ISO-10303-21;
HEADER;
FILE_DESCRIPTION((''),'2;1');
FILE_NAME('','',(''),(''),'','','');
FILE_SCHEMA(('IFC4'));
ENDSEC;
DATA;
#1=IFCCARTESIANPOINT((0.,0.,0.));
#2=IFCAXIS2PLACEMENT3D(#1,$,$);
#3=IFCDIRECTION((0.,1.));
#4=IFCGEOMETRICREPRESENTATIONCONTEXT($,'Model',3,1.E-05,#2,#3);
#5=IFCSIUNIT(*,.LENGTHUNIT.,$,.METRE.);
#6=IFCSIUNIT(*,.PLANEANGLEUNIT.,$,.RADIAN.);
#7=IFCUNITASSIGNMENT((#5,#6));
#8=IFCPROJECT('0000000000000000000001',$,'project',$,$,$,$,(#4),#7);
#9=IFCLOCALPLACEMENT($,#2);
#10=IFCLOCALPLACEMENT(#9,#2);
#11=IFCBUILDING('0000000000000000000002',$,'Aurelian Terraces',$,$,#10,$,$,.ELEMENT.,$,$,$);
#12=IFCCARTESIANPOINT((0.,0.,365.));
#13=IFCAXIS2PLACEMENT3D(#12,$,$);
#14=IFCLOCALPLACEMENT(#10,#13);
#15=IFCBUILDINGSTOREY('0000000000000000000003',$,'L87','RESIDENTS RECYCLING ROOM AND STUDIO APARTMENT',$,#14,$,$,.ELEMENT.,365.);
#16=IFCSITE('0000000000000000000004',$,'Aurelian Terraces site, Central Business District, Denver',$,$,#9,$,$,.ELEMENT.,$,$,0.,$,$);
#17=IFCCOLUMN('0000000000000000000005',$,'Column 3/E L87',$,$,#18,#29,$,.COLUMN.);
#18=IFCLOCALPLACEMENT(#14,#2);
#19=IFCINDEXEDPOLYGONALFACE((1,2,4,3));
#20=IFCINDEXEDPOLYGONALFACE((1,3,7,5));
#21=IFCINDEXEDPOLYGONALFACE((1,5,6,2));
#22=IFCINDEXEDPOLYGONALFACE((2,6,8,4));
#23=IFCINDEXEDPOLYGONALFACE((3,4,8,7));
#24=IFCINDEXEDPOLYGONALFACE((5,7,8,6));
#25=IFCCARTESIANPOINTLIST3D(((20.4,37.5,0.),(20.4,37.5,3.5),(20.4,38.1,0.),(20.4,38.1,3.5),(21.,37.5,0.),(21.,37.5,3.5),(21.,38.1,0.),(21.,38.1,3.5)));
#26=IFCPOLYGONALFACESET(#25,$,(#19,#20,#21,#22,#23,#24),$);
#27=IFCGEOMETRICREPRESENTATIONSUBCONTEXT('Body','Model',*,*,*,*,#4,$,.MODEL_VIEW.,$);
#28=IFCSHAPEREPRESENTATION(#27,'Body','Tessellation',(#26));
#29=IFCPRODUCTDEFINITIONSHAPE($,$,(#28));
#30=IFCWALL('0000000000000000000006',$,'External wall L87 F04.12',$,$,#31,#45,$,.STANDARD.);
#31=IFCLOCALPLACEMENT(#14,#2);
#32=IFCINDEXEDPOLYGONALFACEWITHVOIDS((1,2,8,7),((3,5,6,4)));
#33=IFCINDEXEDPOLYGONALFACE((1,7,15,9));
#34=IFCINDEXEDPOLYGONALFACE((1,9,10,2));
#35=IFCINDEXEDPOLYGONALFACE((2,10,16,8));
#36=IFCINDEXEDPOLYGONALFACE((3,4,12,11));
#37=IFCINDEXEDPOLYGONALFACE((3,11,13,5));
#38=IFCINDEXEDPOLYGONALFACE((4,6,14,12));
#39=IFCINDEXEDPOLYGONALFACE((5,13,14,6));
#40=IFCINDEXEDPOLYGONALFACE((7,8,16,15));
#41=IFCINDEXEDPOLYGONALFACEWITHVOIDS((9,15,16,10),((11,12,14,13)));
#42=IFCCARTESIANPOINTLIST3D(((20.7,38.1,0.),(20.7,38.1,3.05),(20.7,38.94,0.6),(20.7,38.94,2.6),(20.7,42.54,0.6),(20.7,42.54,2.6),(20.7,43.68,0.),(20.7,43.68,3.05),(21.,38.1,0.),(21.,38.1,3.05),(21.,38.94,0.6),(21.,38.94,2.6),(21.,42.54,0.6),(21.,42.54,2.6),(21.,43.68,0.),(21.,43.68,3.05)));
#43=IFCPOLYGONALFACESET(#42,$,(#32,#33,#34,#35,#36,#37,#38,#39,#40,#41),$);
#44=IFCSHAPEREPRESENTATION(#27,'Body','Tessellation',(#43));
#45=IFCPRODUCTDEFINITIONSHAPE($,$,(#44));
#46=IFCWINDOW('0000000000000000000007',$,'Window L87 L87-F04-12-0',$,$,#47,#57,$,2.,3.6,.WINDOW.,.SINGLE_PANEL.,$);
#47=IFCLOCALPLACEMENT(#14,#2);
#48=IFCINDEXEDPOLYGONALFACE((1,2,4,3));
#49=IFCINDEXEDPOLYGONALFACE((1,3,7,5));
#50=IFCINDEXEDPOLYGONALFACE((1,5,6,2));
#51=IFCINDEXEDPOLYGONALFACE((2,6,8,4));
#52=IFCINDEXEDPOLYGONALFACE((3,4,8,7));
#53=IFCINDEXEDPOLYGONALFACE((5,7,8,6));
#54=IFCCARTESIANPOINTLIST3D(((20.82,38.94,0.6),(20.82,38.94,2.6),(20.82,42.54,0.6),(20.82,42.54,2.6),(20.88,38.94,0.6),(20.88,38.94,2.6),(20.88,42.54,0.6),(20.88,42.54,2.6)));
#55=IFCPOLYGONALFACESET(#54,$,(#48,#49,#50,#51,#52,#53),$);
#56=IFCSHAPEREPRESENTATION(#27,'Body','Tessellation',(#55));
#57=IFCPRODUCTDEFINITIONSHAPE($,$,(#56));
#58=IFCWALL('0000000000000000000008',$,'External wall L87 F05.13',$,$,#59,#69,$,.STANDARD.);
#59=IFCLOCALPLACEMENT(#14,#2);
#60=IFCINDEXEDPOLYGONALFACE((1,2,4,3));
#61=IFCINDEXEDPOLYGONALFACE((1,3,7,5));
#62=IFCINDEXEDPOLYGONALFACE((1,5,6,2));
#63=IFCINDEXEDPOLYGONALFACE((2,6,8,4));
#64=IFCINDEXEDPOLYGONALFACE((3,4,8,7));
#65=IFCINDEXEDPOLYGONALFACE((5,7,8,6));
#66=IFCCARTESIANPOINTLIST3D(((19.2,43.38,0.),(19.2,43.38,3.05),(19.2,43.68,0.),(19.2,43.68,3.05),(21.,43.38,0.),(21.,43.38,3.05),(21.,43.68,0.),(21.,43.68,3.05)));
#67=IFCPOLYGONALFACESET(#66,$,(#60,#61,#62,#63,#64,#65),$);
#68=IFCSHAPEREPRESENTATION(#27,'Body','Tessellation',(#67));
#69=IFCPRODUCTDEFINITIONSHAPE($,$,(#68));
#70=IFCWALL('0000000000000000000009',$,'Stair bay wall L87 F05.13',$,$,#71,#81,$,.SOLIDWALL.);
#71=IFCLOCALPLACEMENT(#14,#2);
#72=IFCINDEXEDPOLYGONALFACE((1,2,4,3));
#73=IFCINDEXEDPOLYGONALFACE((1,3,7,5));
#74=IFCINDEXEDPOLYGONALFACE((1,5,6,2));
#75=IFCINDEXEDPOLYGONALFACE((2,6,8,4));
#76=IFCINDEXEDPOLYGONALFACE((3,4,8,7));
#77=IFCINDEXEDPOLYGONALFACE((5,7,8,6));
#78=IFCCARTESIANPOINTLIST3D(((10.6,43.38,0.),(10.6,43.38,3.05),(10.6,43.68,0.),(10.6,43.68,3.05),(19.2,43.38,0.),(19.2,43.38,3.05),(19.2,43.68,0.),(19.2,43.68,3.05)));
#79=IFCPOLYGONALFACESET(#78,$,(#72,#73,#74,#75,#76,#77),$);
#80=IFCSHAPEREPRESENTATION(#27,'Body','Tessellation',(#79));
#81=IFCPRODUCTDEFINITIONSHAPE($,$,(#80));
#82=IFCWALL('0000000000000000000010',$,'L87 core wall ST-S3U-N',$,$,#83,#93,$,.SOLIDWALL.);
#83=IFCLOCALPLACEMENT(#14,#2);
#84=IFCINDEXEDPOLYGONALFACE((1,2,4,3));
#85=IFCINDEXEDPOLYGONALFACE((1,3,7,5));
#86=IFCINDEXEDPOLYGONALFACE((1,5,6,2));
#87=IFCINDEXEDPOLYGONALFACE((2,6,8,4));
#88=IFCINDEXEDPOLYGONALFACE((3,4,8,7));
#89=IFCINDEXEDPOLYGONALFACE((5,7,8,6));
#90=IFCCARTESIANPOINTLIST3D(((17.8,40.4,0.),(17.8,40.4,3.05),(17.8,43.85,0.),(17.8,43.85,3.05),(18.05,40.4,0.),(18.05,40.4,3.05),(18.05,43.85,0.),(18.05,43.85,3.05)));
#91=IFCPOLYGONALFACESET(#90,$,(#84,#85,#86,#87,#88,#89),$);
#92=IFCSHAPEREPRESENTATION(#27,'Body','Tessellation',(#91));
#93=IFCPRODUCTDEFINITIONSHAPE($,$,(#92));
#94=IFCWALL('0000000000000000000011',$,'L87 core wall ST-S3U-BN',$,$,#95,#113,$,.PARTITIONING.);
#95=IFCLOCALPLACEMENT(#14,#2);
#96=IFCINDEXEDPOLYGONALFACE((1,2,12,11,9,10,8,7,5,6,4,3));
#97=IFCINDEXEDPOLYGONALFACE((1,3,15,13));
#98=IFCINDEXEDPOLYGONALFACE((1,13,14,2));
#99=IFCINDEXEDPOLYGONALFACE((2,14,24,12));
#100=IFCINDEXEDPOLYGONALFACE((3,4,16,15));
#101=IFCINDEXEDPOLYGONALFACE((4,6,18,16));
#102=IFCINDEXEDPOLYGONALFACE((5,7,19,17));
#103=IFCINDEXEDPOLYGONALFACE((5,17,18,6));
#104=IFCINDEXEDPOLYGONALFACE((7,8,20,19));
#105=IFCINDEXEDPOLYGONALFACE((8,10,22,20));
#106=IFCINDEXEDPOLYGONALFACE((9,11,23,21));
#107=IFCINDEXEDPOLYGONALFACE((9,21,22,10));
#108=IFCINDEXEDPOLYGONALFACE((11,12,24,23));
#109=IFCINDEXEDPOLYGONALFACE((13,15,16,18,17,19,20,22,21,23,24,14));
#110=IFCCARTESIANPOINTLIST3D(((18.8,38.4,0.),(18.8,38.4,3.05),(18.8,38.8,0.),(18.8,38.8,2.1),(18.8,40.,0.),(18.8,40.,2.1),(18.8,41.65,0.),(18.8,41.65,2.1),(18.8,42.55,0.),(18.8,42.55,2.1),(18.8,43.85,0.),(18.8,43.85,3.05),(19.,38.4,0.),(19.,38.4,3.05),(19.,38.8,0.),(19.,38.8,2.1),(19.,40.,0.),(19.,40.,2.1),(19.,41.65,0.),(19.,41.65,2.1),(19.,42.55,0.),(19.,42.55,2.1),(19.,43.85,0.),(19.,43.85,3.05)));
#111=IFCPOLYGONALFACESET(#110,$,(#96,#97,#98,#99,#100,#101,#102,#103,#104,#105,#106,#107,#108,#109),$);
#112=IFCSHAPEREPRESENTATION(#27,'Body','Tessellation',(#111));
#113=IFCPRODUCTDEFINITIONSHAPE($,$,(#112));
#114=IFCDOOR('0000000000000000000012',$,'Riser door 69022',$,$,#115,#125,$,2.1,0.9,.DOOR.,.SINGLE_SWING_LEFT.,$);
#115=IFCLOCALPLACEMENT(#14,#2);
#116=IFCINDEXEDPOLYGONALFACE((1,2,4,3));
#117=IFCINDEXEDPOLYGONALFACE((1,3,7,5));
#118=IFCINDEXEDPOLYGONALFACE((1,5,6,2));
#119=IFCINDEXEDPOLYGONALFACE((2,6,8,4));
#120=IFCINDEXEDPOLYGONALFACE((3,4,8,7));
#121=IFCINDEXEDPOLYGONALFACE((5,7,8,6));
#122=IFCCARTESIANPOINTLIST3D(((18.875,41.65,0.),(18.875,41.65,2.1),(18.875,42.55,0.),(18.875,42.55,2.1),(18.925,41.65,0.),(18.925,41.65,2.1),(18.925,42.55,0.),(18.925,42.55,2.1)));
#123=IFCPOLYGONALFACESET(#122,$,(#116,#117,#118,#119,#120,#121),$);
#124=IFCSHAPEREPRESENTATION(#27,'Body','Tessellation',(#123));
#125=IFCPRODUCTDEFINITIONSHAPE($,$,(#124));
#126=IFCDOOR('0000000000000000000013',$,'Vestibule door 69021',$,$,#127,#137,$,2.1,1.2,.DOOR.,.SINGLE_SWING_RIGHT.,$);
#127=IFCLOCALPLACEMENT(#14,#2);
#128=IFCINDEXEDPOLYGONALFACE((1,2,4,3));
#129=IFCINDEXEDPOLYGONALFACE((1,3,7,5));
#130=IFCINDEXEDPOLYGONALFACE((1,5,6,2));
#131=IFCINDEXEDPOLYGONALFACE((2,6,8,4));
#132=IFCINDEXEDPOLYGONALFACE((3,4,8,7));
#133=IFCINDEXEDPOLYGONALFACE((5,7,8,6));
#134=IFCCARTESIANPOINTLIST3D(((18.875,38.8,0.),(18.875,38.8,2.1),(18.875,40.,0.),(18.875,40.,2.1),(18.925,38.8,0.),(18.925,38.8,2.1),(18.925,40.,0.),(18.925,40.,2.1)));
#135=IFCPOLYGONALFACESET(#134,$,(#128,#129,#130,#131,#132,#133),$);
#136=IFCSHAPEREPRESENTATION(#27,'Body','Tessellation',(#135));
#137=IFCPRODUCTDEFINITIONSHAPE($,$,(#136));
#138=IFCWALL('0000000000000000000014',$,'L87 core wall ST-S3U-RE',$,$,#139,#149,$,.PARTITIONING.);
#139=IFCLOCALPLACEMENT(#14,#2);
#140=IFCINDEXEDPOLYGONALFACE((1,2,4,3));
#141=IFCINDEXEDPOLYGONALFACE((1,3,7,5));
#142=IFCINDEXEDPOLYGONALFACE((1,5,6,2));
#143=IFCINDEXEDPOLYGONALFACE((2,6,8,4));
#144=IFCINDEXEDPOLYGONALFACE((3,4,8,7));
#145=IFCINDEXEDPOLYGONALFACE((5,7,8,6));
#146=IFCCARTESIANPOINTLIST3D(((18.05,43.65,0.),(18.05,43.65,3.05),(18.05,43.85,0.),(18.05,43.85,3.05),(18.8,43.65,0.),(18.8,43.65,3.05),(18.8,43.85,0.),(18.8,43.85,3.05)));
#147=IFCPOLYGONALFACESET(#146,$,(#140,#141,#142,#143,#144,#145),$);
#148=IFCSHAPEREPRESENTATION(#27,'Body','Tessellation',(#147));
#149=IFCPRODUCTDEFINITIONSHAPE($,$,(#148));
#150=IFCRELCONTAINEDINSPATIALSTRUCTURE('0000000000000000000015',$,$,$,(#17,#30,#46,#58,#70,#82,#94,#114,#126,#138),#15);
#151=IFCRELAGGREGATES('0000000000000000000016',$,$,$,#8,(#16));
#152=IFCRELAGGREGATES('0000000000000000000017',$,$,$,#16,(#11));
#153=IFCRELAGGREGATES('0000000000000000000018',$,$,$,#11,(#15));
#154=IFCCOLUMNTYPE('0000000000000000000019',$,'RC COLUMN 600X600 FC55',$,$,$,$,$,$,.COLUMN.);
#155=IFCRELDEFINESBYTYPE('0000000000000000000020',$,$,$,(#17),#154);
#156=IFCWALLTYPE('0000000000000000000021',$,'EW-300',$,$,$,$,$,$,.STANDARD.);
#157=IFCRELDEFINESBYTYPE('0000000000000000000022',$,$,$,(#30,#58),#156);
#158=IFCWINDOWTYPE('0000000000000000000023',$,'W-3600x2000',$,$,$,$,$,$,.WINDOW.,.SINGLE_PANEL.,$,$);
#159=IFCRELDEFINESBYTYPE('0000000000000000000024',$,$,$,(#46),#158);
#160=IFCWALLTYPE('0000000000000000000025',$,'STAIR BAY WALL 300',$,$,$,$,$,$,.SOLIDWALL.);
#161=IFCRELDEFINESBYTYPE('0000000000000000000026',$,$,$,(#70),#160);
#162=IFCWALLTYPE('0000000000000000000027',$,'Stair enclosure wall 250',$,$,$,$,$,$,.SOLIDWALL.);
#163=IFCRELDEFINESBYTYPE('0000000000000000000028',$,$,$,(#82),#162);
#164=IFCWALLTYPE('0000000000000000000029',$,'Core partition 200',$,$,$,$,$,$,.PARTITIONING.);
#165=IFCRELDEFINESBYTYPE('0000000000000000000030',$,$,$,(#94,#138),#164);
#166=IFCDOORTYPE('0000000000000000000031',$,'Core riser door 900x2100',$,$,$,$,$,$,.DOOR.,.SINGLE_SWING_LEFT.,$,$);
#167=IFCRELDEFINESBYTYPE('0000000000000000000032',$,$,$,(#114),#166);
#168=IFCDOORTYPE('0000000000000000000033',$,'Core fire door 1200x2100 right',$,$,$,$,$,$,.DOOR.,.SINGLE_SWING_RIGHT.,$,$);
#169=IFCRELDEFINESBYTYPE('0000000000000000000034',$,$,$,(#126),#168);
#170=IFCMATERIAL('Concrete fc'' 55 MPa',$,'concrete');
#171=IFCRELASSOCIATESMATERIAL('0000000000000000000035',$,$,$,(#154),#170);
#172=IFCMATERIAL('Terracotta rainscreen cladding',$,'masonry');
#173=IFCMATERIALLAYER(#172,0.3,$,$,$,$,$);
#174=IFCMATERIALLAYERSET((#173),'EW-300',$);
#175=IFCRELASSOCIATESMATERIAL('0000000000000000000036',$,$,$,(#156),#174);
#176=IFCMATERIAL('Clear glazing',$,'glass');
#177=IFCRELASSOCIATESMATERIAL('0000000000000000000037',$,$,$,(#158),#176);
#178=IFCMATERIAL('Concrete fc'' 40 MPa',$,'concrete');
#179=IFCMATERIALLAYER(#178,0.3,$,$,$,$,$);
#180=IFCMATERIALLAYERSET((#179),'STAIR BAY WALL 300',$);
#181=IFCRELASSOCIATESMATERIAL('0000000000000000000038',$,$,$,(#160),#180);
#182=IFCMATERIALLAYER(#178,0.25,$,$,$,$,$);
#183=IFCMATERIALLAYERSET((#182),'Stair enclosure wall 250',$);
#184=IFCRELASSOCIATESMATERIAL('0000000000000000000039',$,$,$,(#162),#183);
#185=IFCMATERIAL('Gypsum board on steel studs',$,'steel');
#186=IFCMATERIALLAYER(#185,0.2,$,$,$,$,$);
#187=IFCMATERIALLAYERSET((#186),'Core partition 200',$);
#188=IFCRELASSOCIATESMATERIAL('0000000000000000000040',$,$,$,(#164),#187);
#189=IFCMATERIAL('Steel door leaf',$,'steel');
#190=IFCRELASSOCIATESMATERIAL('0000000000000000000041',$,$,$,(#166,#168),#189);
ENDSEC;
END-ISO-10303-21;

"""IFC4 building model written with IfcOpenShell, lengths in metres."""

from ifc_helpers import new_model, si_unit, direction, frame, frame_2d, origin, origin_2d, place, context, subcontext, project, spatial, rectangle, extrude, source, transform, mapped, material, layer, layer_set, material_profile, profile_set, type_object, element, fill, save


model = new_model("IFC4")

# Units and contexts
model_context = context("Model", 3, precision=1e-05, world=origin(), true_north=direction((0.0, 1.0)))
body_context = subcontext(model_context, "Body", "Model", "MODEL_VIEW")
ifc_project = project(units=[si_unit("LENGTHUNIT", "METRE"), si_unit("PLANEANGLEUNIT", "RADIAN")], contexts=[model_context])

# Site, building, storey
site_placement = place(None, origin())
site = spatial("IfcSite", under=ifc_project, at=site_placement, Name="Aurelian Terraces site, Central Business District, Denver", CompositionType="ELEMENT", RefElevation=0.0)
building_placement = place(site_placement, origin())
building = spatial("IfcBuilding", under=site, at=building_placement, Name="Aurelian Terraces", CompositionType="ELEMENT")
storey_placement = place(building_placement, frame((0.0, 0.0, 365.0)))
storey = spatial("IfcBuildingStorey", under=building, at=storey_placement, Name="L87", Description="RESIDENTS RECYCLING ROOM AND STUDIO APARTMENT", CompositionType="ELEMENT", Elevation=365.0)

# Column
ifc_material_1 = material(Name="Concrete fc' 55 MPa", Category="concrete")
ifc_material_profile = material_profile(ifc_material_1, rectangle(XDim=0.6, YDim=0.6, at=origin_2d()))
ifc_profile_set = profile_set([ifc_material_profile], Name="Concrete fc' 55 MPa")
column_type = type_object("IfcColumnType", Name="RC COLUMN 600X600 FC55", PredefinedType="COLUMN", material=ifc_profile_set)
shared_shape_1 = source(origin(), body_context, "Body", "SweptSolid", [
    extrude(rectangle(XDim=0.6, YDim=0.6, at=origin_2d()), origin(), (0.0, 0.0, 1.0), 3.5),
])
column_placement = place(storey_placement, frame((20.7, 37.8, 0.0), z_axis=(0.0, 0.0, 1.0), x_axis=(1.0, 0.0, 0.0)))
element("IfcColumn", 1, at=column_placement, inside=storey, type_object=column_type, Name="Column 3/E L87", PredefinedType="COLUMN", context=body_context, shape_type="MappedRepresentation", body=[
    mapped(shared_shape_1, transform((0.0, 0.0, 0.0), scale=1.0)),
])

# Wall, opening, window
ifc_material_2 = material(Name="Terracotta rainscreen cladding", Category="masonry")
ifc_layer_1 = layer(ifc_material_2, 0.3)
ifc_layer_set_1 = layer_set([ifc_layer_1], Name="EW-300")
wall_type_1 = type_object("IfcWallType", Name="EW-300", PredefinedType="STANDARD", material=ifc_layer_set_1)
wall_1_placement = place(storey_placement, frame((20.85, 38.1, 0.0), z_axis=(0.0, 0.0, 1.0), x_axis=(0.0, 1.0, 0.0)))
wall_1 = element("IfcWall", 2, at=wall_1_placement, inside=storey, type_object=wall_type_1, Name="External wall L87 F04.12", PredefinedType="STANDARD", context=body_context, shape_type="SweptSolid", body=[
    extrude(rectangle(XDim=5.58, YDim=0.3, at=frame_2d((2.79, 0.0))), origin(), (0.0, 0.0, 1.0), 3.05),
])
shared_shape_2 = source(origin(), body_context, "Body", "SweptSolid", [
    extrude(rectangle(XDim=3.6, YDim=2.0, at=frame_2d((1.8, 1.0))), frame((0.0, 0.16, 0.0), z_axis=(0.0, -1.0, 0.0), x_axis=(1.0, 0.0, 0.0)), (0.0, 0.0, 1.0), 0.32),
])
opening_1_placement = place(wall_1_placement, frame((0.84, 0.0, 0.6)))
opening_1 = element("IfcOpeningElement", 3, at=opening_1_placement, cuts=wall_1, PredefinedType="OPENING", context=body_context, shape_type="MappedRepresentation", body=[
    mapped(shared_shape_2, transform((0.0, 0.0, 0.0), scale=1.0)),
])
ifc_material_3 = material(Name="Clear glazing", Category="glass")
window_type = type_object("IfcWindowType", Name="W-3600x2000", PartitioningType="SINGLE_PANEL", PredefinedType="WINDOW", material=ifc_material_3)
shared_shape_3 = source(origin(), body_context, "Body", "SweptSolid", [
    extrude(rectangle(XDim=3.6, YDim=2.0, at=frame_2d((1.8, 1.0))), frame((0.0, 0.03, 0.0), z_axis=(0.0, -1.0, 0.0), x_axis=(1.0, 0.0, 0.0)), (0.0, 0.0, 1.0), 0.06),
])
window_placement = place(opening_1_placement, origin())
window = element("IfcWindow", 4, at=window_placement, inside=storey, type_object=window_type, Name="Window L87 L87-F04-12-0", OverallHeight=2.0, OverallWidth=3.6, PartitioningType="SINGLE_PANEL", PredefinedType="WINDOW", context=body_context, shape_type="MappedRepresentation", body=[
    mapped(shared_shape_3, transform((0.0, 0.0, 0.0), scale=1.0)),
])
fill(opening_1, window)

# Walls
wall_2_placement = place(storey_placement, frame((21.0, 43.53, 0.0), z_axis=(0.0, 0.0, 1.0), x_axis=(-1.0, 0.0, 0.0)))
element("IfcWall", 5, at=wall_2_placement, inside=storey, type_object=wall_type_1, Name="External wall L87 F05.13", PredefinedType="STANDARD", context=body_context, shape_type="SweptSolid", body=[
    extrude(rectangle(XDim=1.8, YDim=0.3, at=frame_2d((0.9, 0.0))), origin(), (0.0, 0.0, 1.0), 3.05),
])
ifc_material_4 = material(Name="Concrete fc' 40 MPa", Category="concrete")
ifc_layer_2 = layer(ifc_material_4, 0.3)
ifc_layer_set_2 = layer_set([ifc_layer_2], Name="STAIR BAY WALL 300")
wall_type_2 = type_object("IfcWallType", Name="STAIR BAY WALL 300", PredefinedType="SOLIDWALL", material=ifc_layer_set_2)
wall_3_placement = place(storey_placement, frame((19.2, 43.53, 0.0), z_axis=(0.0, 0.0, 1.0), x_axis=(-1.0, 0.0, 0.0)))
element("IfcWall", 6, at=wall_3_placement, inside=storey, type_object=wall_type_2, Name="Stair bay wall L87 F05.13", PredefinedType="SOLIDWALL", context=body_context, shape_type="SweptSolid", body=[
    extrude(rectangle(XDim=8.6, YDim=0.3, at=frame_2d((4.3, 0.0))), origin(), (0.0, 0.0, 1.0), 3.05),
])
ifc_layer_3 = layer(ifc_material_4, 0.25)
ifc_layer_set_3 = layer_set([ifc_layer_3], Name="Stair enclosure wall 250")
wall_type_3 = type_object("IfcWallType", Name="Stair enclosure wall 250", PredefinedType="SOLIDWALL", material=ifc_layer_set_3)
shared_shape_4 = source(origin(), body_context, "Body", "SweptSolid", [
    extrude(rectangle(XDim=3.45, YDim=0.25, at=frame_2d((1.725, 0.0))), origin(), (0.0, 0.0, 1.0), 3.05),
])
wall_4_placement = place(storey_placement, frame((17.925, 40.4, 0.0), z_axis=(0.0, 0.0, 1.0), x_axis=(0.0, 1.0, 0.0)))
element("IfcWall", 7, at=wall_4_placement, inside=storey, type_object=wall_type_3, Name="L87 core wall ST-S3U-N", PredefinedType="SOLIDWALL", context=body_context, shape_type="MappedRepresentation", body=[
    mapped(shared_shape_4, transform((0.0, 0.0, 0.0), scale=1.0)),
])

# Wall, openings, doors
ifc_material_5 = material(Name="Gypsum board on steel studs", Category="steel")
ifc_layer_4 = layer(ifc_material_5, 0.2)
ifc_layer_set_4 = layer_set([ifc_layer_4], Name="Core partition 200")
wall_type_4 = type_object("IfcWallType", Name="Core partition 200", PredefinedType="PARTITIONING", material=ifc_layer_set_4)
shared_shape_5 = source(origin(), body_context, "Body", "SweptSolid", [
    extrude(rectangle(XDim=5.45, YDim=0.2, at=frame_2d((2.725, 0.0))), origin(), (0.0, 0.0, 1.0), 3.05),
])
wall_5_placement = place(storey_placement, frame((18.9, 38.4, 0.0), z_axis=(0.0, 0.0, 1.0), x_axis=(0.0, 1.0, 0.0)))
wall_5 = element("IfcWall", 8, at=wall_5_placement, inside=storey, type_object=wall_type_4, Name="L87 core wall ST-S3U-BN", PredefinedType="PARTITIONING", context=body_context, shape_type="MappedRepresentation", body=[
    mapped(shared_shape_5, transform((0.0, 0.0, 0.0), scale=1.0)),
])
shared_shape_6 = source(origin(), body_context, "Body", "SweptSolid", [
    extrude(rectangle(XDim=1.2, YDim=2.1, at=frame_2d((0.6, 1.05))), frame((0.0, 0.11, 0.0), z_axis=(0.0, -1.0, 0.0), x_axis=(1.0, 0.0, 0.0)), (0.0, 0.0, 1.0), 0.22),
])
opening_2_placement = place(wall_5_placement, frame((0.4, 0.0, 0.0)))
opening_2 = element("IfcOpeningElement", 9, at=opening_2_placement, cuts=wall_5, PredefinedType="OPENING", context=body_context, shape_type="MappedRepresentation", body=[
    mapped(shared_shape_6, transform((0.0, 0.0, 0.0), scale=1.0)),
])
shared_shape_7 = source(origin(), body_context, "Body", "SweptSolid", [
    extrude(rectangle(XDim=0.9, YDim=2.1, at=frame_2d((0.45, 1.05))), frame((0.0, 0.11, 0.0), z_axis=(0.0, -1.0, 0.0), x_axis=(1.0, 0.0, 0.0)), (0.0, 0.0, 1.0), 0.22),
])
opening_3_placement = place(wall_5_placement, frame((3.25, 0.0, 0.0)))
opening_3 = element("IfcOpeningElement", 10, at=opening_3_placement, cuts=wall_5, PredefinedType="OPENING", context=body_context, shape_type="MappedRepresentation", body=[
    mapped(shared_shape_7, transform((0.0, 0.0, 0.0), scale=1.0)),
])
ifc_material_6 = material(Name="Steel door leaf", Category="steel")
door_type_1 = type_object("IfcDoorType", Name="Core riser door 900x2100", OperationType="SINGLE_SWING_LEFT", PredefinedType="DOOR", material=ifc_material_6)
shared_shape_8 = source(origin(), body_context, "Body", "SweptSolid", [
    extrude(rectangle(XDim=0.9, YDim=2.1, at=frame_2d((0.45, 1.05))), frame((0.0, 0.025, 0.0), z_axis=(0.0, -1.0, 0.0), x_axis=(1.0, 0.0, 0.0)), (0.0, 0.0, 1.0), 0.05),
])
door_1_placement = place(opening_3_placement, origin())
door_1 = element("IfcDoor", 11, at=door_1_placement, inside=storey, type_object=door_type_1, Name="Riser door 69022", OperationType="SINGLE_SWING_LEFT", OverallHeight=2.1, OverallWidth=0.9, PredefinedType="DOOR", context=body_context, shape_type="MappedRepresentation", body=[
    mapped(shared_shape_8, transform((0.0, 0.0, 0.0), scale=1.0)),
])
fill(opening_3, door_1)
door_type_2 = type_object("IfcDoorType", Name="Core fire door 1200x2100 right", OperationType="SINGLE_SWING_RIGHT", PredefinedType="DOOR", material=ifc_material_6)
shared_shape_9 = source(origin(), body_context, "Body", "SweptSolid", [
    extrude(rectangle(XDim=1.2, YDim=2.1, at=frame_2d((0.6, 1.05))), frame((0.0, 0.025, 0.0), z_axis=(0.0, -1.0, 0.0), x_axis=(1.0, 0.0, 0.0)), (0.0, 0.0, 1.0), 0.05),
])
door_2_placement = place(opening_2_placement, origin())
door_2 = element("IfcDoor", 12, at=door_2_placement, inside=storey, type_object=door_type_2, Name="Vestibule door 69021", OperationType="SINGLE_SWING_RIGHT", OverallHeight=2.1, OverallWidth=1.2, PredefinedType="DOOR", context=body_context, shape_type="MappedRepresentation", body=[
    mapped(shared_shape_9, transform((0.0, 0.0, 0.0), scale=1.0)),
])
fill(opening_2, door_2)

# Wall
shared_shape_10 = source(origin(), body_context, "Body", "SweptSolid", [
    extrude(rectangle(XDim=0.75, YDim=0.2, at=frame_2d((0.375, 0.0))), origin(), (0.0, 0.0, 1.0), 3.05),
])
wall_6_placement = place(storey_placement, frame((18.05, 43.75, 0.0), z_axis=(0.0, 0.0, 1.0), x_axis=(1.0, 0.0, 0.0)))
element("IfcWall", 13, at=wall_6_placement, inside=storey, type_object=wall_type_4, Name="L87 core wall ST-S3U-RE", PredefinedType="PARTITIONING", context=body_context, shape_type="MappedRepresentation", body=[
    mapped(shared_shape_10, transform((0.0, 0.0, 0.0), scale=1.0)),
])

save(model, "model.ifc")
